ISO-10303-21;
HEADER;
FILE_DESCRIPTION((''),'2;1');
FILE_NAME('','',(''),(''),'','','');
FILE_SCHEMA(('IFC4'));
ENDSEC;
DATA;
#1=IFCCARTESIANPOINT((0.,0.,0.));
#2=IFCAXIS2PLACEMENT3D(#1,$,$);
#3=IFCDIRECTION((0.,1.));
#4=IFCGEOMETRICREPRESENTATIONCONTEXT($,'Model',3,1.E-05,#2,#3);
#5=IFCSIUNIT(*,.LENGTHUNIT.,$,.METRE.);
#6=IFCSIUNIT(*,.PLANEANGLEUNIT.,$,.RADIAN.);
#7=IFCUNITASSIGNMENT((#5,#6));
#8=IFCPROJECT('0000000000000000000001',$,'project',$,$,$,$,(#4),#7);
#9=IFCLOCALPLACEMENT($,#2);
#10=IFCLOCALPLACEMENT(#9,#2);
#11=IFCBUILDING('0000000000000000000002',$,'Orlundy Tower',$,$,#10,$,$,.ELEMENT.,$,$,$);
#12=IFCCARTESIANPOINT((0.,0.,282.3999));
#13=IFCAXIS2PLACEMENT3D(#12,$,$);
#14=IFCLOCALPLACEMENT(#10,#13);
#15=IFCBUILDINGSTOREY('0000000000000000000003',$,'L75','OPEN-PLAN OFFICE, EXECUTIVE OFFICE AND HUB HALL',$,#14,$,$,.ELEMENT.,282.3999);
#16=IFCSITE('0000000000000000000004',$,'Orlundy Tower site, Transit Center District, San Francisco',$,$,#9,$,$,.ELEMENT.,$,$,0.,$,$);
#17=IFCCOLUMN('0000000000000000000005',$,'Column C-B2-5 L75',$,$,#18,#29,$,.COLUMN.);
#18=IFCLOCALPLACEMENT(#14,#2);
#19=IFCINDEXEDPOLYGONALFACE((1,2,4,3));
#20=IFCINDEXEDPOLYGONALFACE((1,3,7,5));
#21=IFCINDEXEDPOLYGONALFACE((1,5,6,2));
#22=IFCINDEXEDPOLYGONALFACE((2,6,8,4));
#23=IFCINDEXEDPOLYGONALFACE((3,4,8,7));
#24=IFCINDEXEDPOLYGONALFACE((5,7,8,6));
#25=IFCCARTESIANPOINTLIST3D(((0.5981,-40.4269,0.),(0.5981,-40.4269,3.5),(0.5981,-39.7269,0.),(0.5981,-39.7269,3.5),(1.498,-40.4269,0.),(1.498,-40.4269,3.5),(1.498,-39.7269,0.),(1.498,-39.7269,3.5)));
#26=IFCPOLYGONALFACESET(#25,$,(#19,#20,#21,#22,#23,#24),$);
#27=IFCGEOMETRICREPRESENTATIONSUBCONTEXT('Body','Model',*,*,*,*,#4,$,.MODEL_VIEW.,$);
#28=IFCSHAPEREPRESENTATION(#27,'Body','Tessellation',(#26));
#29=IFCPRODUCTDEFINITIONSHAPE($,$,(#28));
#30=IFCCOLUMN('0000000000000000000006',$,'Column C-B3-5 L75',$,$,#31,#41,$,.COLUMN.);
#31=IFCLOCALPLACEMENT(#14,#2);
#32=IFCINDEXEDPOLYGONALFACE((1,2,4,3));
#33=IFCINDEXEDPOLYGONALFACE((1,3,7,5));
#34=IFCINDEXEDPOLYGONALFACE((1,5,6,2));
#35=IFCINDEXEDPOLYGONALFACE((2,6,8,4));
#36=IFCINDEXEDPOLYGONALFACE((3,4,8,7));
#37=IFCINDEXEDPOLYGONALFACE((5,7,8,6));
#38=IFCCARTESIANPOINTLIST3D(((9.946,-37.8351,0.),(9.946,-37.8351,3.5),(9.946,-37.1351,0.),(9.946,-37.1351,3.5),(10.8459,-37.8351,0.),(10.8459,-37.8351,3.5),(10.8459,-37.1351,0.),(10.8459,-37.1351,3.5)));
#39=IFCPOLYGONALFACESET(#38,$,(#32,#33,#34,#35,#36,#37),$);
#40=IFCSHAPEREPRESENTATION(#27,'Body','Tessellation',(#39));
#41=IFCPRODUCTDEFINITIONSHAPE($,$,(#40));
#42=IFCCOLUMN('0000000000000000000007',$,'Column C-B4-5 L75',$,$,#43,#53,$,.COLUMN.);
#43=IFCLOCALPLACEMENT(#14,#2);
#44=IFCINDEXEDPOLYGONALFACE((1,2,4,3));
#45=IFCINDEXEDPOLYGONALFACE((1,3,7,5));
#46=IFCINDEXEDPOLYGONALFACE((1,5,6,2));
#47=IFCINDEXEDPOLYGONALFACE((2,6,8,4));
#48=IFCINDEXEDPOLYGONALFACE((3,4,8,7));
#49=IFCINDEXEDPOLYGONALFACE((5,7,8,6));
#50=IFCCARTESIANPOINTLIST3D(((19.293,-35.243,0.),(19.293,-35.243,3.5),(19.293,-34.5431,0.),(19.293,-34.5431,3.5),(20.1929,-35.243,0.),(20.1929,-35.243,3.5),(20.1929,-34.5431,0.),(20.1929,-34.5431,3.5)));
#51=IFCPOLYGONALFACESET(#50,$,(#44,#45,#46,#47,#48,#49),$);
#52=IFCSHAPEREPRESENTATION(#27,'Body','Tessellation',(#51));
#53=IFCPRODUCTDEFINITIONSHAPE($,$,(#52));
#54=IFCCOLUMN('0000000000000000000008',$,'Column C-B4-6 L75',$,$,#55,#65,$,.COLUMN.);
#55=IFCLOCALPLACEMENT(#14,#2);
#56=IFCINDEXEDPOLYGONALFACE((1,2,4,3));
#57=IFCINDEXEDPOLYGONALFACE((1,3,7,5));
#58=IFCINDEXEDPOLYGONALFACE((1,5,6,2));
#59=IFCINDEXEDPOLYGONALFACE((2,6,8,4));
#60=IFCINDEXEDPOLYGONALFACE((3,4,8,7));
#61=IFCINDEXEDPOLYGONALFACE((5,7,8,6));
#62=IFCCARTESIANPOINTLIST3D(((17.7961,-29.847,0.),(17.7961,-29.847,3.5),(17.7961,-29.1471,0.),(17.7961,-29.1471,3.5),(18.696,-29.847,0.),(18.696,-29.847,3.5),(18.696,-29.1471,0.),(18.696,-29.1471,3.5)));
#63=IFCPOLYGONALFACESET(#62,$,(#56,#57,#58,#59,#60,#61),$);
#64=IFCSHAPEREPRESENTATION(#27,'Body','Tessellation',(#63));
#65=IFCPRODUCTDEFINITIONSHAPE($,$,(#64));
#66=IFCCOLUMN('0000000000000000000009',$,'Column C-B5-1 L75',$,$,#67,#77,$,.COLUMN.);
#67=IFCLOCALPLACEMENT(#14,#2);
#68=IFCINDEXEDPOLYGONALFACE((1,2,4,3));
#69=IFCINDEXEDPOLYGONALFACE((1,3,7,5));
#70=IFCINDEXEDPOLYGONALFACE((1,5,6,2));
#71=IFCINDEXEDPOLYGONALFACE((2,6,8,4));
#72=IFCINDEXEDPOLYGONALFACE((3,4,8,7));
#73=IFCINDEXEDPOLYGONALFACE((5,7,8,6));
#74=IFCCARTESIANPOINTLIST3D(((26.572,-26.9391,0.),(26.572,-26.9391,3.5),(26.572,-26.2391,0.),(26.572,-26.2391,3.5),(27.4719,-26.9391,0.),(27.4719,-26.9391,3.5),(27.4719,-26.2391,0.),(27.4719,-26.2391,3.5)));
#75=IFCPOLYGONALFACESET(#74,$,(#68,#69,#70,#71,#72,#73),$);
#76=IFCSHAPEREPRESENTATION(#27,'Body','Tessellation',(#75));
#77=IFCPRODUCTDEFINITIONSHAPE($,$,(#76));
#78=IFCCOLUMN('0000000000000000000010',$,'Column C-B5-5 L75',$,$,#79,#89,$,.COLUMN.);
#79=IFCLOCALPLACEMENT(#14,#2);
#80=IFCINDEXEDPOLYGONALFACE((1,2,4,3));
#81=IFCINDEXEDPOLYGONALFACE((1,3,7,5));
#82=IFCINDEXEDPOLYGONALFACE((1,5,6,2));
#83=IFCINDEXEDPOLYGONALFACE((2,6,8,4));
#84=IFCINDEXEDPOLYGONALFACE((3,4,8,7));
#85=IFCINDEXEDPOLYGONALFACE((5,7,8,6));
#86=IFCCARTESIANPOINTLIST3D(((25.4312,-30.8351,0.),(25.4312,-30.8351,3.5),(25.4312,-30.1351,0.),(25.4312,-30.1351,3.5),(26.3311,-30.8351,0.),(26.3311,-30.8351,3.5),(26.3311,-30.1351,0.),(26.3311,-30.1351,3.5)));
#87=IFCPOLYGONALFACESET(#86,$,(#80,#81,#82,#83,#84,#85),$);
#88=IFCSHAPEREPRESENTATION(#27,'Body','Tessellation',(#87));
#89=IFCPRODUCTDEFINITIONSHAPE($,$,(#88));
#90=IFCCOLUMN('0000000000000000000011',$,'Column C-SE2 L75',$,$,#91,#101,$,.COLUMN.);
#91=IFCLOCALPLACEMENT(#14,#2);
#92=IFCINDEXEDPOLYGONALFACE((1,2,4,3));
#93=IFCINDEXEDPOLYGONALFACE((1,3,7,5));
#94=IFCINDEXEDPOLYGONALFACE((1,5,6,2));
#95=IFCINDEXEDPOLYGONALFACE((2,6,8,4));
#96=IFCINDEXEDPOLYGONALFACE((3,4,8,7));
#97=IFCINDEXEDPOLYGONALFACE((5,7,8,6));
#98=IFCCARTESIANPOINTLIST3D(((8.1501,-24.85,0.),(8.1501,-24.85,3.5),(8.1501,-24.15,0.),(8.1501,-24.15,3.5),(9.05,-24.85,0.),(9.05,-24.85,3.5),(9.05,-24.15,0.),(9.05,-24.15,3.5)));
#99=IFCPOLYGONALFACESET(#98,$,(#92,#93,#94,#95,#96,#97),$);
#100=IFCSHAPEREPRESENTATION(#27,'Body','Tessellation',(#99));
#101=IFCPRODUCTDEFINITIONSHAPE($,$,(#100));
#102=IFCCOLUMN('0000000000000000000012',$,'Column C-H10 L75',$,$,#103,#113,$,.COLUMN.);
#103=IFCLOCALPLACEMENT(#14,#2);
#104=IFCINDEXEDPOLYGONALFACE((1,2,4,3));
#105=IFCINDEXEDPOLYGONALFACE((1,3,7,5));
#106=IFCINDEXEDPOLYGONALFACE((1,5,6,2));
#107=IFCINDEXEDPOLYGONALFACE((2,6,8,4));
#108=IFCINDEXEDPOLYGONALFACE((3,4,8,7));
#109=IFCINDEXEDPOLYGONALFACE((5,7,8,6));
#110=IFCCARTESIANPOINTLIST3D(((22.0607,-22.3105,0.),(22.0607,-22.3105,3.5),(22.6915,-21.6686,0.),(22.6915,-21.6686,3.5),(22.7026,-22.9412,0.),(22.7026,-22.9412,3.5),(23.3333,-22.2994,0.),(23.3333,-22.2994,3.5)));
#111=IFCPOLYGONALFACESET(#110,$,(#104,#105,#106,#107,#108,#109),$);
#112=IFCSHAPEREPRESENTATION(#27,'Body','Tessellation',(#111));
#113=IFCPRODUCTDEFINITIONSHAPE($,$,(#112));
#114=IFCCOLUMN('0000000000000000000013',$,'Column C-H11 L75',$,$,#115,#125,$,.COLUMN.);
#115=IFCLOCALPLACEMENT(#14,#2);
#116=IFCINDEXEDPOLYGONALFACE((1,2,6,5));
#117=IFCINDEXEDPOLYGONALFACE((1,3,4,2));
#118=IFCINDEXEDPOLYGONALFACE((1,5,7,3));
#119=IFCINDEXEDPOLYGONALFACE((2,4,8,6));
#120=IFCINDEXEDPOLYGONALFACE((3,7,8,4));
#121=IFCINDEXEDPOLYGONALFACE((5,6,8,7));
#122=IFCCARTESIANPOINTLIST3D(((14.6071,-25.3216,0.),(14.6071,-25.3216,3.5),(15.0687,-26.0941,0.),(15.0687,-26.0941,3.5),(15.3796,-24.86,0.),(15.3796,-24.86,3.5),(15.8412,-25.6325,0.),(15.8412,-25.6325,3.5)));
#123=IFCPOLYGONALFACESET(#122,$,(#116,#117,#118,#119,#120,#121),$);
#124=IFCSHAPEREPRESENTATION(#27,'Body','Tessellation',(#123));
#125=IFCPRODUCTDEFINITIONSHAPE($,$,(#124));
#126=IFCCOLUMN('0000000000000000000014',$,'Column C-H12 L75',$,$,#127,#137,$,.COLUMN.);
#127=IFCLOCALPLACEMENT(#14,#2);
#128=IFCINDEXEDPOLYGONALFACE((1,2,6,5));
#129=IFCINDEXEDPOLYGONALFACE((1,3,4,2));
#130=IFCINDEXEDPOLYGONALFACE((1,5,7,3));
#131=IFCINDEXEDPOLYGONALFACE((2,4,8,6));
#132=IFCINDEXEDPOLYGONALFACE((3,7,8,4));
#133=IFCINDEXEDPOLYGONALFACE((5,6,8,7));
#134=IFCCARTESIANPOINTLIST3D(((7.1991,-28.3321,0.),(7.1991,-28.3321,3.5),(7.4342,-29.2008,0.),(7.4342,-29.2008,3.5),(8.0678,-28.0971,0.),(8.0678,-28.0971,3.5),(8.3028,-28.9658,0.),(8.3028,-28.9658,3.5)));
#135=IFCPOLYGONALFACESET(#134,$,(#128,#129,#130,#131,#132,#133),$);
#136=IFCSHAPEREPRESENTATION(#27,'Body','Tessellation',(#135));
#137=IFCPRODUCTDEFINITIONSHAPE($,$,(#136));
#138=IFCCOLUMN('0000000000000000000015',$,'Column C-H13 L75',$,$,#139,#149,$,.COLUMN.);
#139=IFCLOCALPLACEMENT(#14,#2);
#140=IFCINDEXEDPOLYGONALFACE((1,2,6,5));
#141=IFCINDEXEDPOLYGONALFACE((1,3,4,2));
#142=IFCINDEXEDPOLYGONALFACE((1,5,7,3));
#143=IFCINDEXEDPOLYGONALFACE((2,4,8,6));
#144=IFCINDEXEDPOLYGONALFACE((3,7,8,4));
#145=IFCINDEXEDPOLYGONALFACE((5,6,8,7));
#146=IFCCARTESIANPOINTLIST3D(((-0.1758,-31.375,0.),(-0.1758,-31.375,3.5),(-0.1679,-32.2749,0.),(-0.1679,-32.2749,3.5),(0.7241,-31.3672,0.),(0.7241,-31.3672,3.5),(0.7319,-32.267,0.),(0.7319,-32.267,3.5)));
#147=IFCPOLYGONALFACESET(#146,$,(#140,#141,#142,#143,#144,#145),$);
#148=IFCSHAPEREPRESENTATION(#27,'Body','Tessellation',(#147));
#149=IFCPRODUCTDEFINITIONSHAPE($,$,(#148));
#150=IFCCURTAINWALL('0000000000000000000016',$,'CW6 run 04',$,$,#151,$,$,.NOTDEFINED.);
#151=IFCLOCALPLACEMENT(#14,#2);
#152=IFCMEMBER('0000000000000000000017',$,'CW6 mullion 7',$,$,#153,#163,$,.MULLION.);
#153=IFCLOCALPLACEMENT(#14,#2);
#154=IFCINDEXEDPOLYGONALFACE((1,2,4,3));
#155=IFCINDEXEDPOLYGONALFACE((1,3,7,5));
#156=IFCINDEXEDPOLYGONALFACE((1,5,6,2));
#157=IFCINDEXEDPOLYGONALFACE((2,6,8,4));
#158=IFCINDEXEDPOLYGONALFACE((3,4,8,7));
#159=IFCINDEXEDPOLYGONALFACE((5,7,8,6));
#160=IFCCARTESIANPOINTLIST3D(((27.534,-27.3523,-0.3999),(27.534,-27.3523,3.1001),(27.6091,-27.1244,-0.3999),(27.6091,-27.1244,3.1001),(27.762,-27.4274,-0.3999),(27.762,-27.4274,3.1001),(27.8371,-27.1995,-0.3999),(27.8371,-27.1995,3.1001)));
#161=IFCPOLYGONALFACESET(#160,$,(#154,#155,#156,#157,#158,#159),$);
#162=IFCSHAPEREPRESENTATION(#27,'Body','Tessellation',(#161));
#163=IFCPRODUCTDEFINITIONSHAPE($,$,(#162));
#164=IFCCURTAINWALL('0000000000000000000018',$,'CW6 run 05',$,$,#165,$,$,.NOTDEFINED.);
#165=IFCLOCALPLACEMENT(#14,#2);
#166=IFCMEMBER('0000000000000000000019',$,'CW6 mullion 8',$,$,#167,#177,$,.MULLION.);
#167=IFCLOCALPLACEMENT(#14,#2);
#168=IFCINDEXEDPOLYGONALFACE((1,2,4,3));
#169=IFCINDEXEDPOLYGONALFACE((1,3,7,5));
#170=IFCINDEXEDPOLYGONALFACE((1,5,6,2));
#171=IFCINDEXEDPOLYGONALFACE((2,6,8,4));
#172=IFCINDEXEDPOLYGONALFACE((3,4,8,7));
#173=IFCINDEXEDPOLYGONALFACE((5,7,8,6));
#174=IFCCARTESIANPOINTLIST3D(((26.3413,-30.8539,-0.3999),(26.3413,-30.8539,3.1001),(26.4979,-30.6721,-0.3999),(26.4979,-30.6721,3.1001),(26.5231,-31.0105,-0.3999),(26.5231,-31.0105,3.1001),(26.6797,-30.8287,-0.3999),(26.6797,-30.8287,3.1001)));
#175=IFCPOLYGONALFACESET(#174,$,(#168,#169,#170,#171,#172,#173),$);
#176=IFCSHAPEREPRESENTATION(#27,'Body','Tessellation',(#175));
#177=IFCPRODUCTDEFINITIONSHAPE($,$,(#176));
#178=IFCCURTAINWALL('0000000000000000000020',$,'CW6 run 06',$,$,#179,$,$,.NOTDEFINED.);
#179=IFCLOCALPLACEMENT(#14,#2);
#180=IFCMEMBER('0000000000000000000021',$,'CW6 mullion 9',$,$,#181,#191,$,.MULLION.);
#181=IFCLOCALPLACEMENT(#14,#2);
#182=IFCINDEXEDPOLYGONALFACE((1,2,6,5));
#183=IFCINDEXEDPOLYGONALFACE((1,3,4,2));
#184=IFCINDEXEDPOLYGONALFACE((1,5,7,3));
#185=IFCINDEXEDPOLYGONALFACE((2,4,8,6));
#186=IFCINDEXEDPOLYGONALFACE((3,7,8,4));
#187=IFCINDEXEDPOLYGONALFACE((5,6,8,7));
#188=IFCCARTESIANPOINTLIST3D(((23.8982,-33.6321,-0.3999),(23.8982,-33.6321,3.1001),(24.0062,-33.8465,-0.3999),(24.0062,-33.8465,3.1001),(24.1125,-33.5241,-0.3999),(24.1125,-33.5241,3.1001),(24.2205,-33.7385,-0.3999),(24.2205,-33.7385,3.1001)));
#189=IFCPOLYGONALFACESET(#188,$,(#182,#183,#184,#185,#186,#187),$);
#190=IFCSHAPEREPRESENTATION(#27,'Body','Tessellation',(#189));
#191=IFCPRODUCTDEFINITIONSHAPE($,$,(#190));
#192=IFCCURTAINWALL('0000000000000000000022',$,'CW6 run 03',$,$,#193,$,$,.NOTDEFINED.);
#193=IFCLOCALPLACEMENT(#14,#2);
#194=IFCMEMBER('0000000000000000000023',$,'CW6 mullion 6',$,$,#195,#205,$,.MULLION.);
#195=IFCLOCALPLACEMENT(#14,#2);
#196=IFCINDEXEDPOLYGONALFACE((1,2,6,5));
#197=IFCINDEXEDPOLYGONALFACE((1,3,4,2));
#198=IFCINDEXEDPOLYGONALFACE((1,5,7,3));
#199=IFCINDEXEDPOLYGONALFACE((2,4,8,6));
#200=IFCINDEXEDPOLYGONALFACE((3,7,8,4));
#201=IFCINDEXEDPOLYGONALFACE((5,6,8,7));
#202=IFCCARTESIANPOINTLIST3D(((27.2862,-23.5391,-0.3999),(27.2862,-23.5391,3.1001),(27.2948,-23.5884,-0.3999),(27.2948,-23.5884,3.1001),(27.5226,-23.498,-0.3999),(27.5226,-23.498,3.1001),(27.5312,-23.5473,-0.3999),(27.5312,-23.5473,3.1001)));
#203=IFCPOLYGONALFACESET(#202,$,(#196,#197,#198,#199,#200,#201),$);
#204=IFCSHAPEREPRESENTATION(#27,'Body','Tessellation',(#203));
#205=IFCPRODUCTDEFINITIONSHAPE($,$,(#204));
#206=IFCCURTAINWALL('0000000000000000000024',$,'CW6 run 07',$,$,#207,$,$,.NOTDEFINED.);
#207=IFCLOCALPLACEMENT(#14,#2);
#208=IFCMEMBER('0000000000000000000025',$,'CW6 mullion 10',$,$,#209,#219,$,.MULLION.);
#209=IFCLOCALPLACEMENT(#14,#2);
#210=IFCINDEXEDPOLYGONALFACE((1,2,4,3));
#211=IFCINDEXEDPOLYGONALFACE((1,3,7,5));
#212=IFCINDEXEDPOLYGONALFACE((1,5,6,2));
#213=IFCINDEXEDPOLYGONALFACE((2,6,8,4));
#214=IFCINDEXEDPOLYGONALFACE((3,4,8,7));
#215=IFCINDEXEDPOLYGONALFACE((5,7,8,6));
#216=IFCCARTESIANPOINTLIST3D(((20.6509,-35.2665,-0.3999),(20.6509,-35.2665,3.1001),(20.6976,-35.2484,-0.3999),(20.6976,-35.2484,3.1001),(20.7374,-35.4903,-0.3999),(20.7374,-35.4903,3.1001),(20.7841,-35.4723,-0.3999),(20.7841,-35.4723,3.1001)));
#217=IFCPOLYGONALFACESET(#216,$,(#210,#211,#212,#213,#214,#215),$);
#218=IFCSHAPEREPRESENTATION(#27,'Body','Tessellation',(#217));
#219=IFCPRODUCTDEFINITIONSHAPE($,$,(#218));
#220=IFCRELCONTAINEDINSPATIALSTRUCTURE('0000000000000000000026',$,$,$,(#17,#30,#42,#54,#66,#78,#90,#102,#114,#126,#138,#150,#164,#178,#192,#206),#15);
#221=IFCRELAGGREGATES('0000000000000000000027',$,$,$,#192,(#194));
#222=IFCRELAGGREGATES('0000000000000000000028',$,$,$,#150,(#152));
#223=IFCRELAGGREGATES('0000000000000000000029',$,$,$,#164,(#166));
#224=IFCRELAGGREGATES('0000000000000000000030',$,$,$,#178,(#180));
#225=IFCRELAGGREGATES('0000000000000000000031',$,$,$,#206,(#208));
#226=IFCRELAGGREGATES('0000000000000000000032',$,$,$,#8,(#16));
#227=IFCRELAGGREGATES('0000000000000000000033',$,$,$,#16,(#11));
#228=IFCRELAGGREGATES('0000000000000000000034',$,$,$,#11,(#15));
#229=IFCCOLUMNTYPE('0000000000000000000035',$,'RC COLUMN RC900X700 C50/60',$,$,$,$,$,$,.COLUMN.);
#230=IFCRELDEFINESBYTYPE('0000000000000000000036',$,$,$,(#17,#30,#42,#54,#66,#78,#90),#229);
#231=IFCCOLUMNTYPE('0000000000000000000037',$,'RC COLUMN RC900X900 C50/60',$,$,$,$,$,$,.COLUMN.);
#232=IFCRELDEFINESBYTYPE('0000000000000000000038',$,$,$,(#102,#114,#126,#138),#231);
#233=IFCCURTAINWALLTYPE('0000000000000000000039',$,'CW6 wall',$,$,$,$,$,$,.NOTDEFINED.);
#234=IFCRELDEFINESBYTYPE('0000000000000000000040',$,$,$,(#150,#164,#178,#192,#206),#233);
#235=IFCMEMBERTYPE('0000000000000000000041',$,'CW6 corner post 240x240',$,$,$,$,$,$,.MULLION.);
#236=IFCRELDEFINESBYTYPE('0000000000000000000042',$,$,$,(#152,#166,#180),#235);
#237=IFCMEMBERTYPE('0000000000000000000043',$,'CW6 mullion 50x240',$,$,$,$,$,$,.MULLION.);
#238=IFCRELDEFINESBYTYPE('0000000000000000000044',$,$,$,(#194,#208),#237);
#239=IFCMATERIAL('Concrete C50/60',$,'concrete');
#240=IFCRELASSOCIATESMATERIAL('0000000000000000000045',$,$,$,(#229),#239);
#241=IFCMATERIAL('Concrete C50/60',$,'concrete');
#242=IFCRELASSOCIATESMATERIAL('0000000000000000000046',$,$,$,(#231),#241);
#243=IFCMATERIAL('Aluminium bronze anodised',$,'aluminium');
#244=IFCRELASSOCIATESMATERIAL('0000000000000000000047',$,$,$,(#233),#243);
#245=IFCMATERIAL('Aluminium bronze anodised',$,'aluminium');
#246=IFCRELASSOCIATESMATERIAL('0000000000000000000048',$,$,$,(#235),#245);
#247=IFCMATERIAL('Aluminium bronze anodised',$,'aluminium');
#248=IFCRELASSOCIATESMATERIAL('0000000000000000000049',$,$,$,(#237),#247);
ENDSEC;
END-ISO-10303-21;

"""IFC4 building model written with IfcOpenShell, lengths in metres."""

from ifc_helpers import new_model, si_unit, direction, frame, origin, origin_2d, place, context, subcontext, project, spatial, rectangle, extrude, material, material_profile, profile_set, type_object, element, aggregate, save


model = new_model("IFC4")

# Units and contexts
model_context = context("Model", 3, precision=1e-05, world=origin(), true_north=direction((0.0, 1.0)))
body_context = subcontext(model_context, "Body", "Model", "MODEL_VIEW")
ifc_project = project(units=[si_unit("LENGTHUNIT", "METRE"), si_unit("PLANEANGLEUNIT", "RADIAN")], contexts=[model_context])

# Site, building, storey
site_placement = place(None, origin())
site = spatial("IfcSite", under=ifc_project, at=site_placement, Name="Orlundy Tower site, Transit Center District, San Francisco", CompositionType="ELEMENT", RefElevation=0.0)
building_placement = place(site_placement, origin())
building = spatial("IfcBuilding", under=site, at=building_placement, Name="Orlundy Tower", CompositionType="ELEMENT")
storey_placement = place(building_placement, frame((0.0, 0.0, 282.3999)))
storey = spatial("IfcBuildingStorey", under=building, at=storey_placement, Name="L75", Description="OPEN-PLAN OFFICE, EXECUTIVE OFFICE AND HUB HALL", CompositionType="ELEMENT", Elevation=282.3999)

# Columns
ifc_material_1 = material(Name="Concrete C50/60", Category="concrete")
ifc_material_profile_1 = material_profile(ifc_material_1, rectangle(XDim=0.8999, YDim=0.7, at=origin_2d()), Name="RC900X700")
ifc_profile_set_1 = profile_set([ifc_material_profile_1], Name="Concrete C50/60")
column_type_1 = type_object("IfcColumnType", Name="RC COLUMN RC900X700 C50/60", PredefinedType="COLUMN", material=ifc_profile_set_1)
for number, where, z_axis, x_axis, name in (
    (1, (1.0481, -40.0769, 0.0), (0.0, 0.0, 1.0), (1.0, 0.0, 0.0), "Column C-B2-5 L75"),
    (2, (10.396, -37.4851, 0.0), (0.0, 0.0, 1.0), (1.0, 0.0, 0.0), "Column C-B3-5 L75"),
    (3, (19.7429, -34.8931, 0.0), (0.0, 0.0, 1.0), (1.0, 0.0, 0.0), "Column C-B4-5 L75"),
    (4, (18.2461, -29.4971, 0.0), (0.0, 0.0, 1.0), (1.0, 0.0, 0.0), "Column C-B4-6 L75"),
    (5, (27.022, -26.5891, 0.0), (0.0, 0.0, 1.0), (1.0, 0.0, 0.0), "Column C-B5-1 L75"),
    (6, (25.8811, -30.4851, 0.0), (0.0, 0.0, 1.0), (1.0, 0.0, 0.0), "Column C-B5-5 L75"),
    (7, (8.6001, -24.5, 0.0), (0.0, 0.0, 1.0), (1.0, 0.0, 0.0), "Column C-SE2 L75"),
):
    element("IfcColumn", number, at=place(storey_placement, frame(where, z_axis=z_axis, x_axis=x_axis)), inside=storey, type_object=column_type_1, Name=name, PredefinedType="COLUMN", context=body_context, shape_type="SweptSolid", body=[
        extrude(rectangle(XDim=0.8999, YDim=0.7, at=origin_2d()), origin(), (0.0, 0.0, 1.0), 3.5),
    ])
ifc_material_2 = material(Name="Concrete C50/60", Category="concrete")
ifc_material_profile_2 = material_profile(ifc_material_2, rectangle(XDim=0.8999, YDim=0.8999, at=origin_2d()), Name="RC900X900")
ifc_profile_set_2 = profile_set([ifc_material_profile_2], Name="Concrete C50/60")
column_type_2 = type_object("IfcColumnType", Name="RC COLUMN RC900X900 C50/60", PredefinedType="COLUMN", material=ifc_profile_set_2)
for number, where, z_axis, x_axis, name in (
    (8, (22.697, -22.3049, 0.0), (0.0, 0.0, 1.0), (0.713238, -0.700922, 0.0), "Column C-H10 L75"),
    (9, (15.2241, -25.4771, 0.0), (0.0, 0.0, 1.0), (0.512957, -0.858414, 0.0), "Column C-H11 L75"),
    (10, (7.751, -28.6489, 0.0), (0.0, 0.0, 1.0), (0.261162, -0.965295, 0.0), "Column C-H12 L75"),
    (11, (0.2781, -31.821, 0.0), (0.0, 0.0, 1.0), (0.008744, -0.999962, 0.0), "Column C-H13 L75"),
):
    element("IfcColumn", number, at=place(storey_placement, frame(where, z_axis=z_axis, x_axis=x_axis)), inside=storey, type_object=column_type_2, Name=name, PredefinedType="COLUMN", context=body_context, shape_type="SweptSolid", body=[
        extrude(rectangle(XDim=0.8999, YDim=0.8999, at=origin_2d()), origin(), (0.0, 0.0, 1.0), 3.5),
    ])

# Curtain walls, members
ifc_material_3 = material(Name="Aluminium bronze anodised", Category="aluminium")
curtain_wall_type = type_object("IfcCurtainWallType", Name="CW6 wall", PredefinedType="NOTDEFINED", material=ifc_material_3)
curtain_wall_1_placement = place(storey_placement, origin())
curtain_wall_1 = element("IfcCurtainWall", 12, at=curtain_wall_1_placement, inside=storey, type_object=curtain_wall_type, Name="CW6 run 04", PredefinedType="NOTDEFINED")
ifc_material_4 = material(Name="Aluminium bronze anodised", Category="aluminium")
ifc_material_profile_3 = material_profile(ifc_material_4, rectangle(XDim=0.24, YDim=0.24, at=origin_2d()), Name="CW6 corner post 240x240")
ifc_profile_set_3 = profile_set([ifc_material_profile_3], Name="Aluminium bronze anodised")
member_type_1 = type_object("IfcMemberType", Name="CW6 corner post 240x240", PredefinedType="MULLION", material=ifc_profile_set_3)
member_1_placement = place(storey_placement, frame((27.6855, -27.2759, -0.3999), z_axis=(0.0, 0.0, 1.0), x_axis=(0.949757, -0.312988, 0.0)))
member_1 = element("IfcMember", 13, at=member_1_placement, type_object=member_type_1, Name="CW6 mullion 7", PredefinedType="MULLION", context=body_context, shape_type="SweptSolid", body=[
    extrude(rectangle(XDim=0.24, YDim=0.24, at=origin_2d()), origin(), (0.0, 0.0, 1.0), 3.5),
])
curtain_wall_2_placement = place(storey_placement, origin())
curtain_wall_2 = element("IfcCurtainWall", 14, at=curtain_wall_2_placement, inside=storey, type_object=curtain_wall_type, Name="CW6 run 05", PredefinedType="NOTDEFINED")
member_2_placement = place(storey_placement, frame((26.5105, -30.8413, -0.3999), z_axis=(0.0, 0.0, 1.0), x_axis=(0.757502, -0.652833, 0.0)))
member_2 = element("IfcMember", 15, at=member_2_placement, type_object=member_type_1, Name="CW6 mullion 8", PredefinedType="MULLION", context=body_context, shape_type="SweptSolid", body=[
    extrude(rectangle(XDim=0.24, YDim=0.24, at=origin_2d()), origin(), (0.0, 0.0, 1.0), 3.5),
])
curtain_wall_3_placement = place(storey_placement, origin())
curtain_wall_3 = element("IfcCurtainWall", 16, at=curtain_wall_3_placement, inside=storey, type_object=curtain_wall_type, Name="CW6 run 06", PredefinedType="NOTDEFINED")
member_3_placement = place(storey_placement, frame((24.0593, -33.6853, -0.3999), z_axis=(0.0, 0.0, 1.0), x_axis=(0.450017, -0.89302, 0.0)))
member_3 = element("IfcMember", 17, at=member_3_placement, type_object=member_type_1, Name="CW6 mullion 9", PredefinedType="MULLION", context=body_context, shape_type="SweptSolid", body=[
    extrude(rectangle(XDim=0.24, YDim=0.24, at=origin_2d()), origin(), (0.0, 0.0, 1.0), 3.5),
])
curtain_wall_4_placement = place(storey_placement, origin())
curtain_wall_4 = element("IfcCurtainWall", 18, at=curtain_wall_4_placement, inside=storey, type_object=curtain_wall_type, Name="CW6 run 03", PredefinedType="NOTDEFINED")
ifc_material_5 = material(Name="Aluminium bronze anodised", Category="aluminium")
ifc_material_profile_4 = material_profile(ifc_material_5, rectangle(XDim=0.24, YDim=0.05, at=origin_2d()), Name="CW6 mullion 50x240")
ifc_profile_set_4 = profile_set([ifc_material_profile_4], Name="Aluminium bronze anodised")
member_type_2 = type_object("IfcMemberType", Name="CW6 mullion 50x240", PredefinedType="MULLION", material=ifc_profile_set_4)
member_4_placement = place(storey_placement, frame((27.4087, -23.5432, -0.3999), z_axis=(0.0, 0.0, 1.0), x_axis=(0.9852, 0.171411, 0.0)))
member_4 = element("IfcMember", 19, at=member_4_placement, type_object=member_type_2, Name="CW6 mullion 6", PredefinedType="MULLION", context=body_context, shape_type="SweptSolid", body=[
    extrude(rectangle(XDim=0.24, YDim=0.05, at=origin_2d()), origin(), (0.0, 0.0, 1.0), 3.5),
])

# Curtain wall, member
curtain_wall_5_placement = place(storey_placement, origin())
curtain_wall_5 = element("IfcCurtainWall", 20, at=curtain_wall_5_placement, inside=storey, type_object=curtain_wall_type, Name="CW6 run 07", PredefinedType="NOTDEFINED")
member_5_placement = place(storey_placement, frame((20.7175, -35.3694, -0.3999), z_axis=(0.0, 0.0, 1.0), x_axis=(0.360363, -0.932812, 0.0)))
member_5 = element("IfcMember", 21, at=member_5_placement, type_object=member_type_2, Name="CW6 mullion 10", PredefinedType="MULLION", context=body_context, shape_type="SweptSolid", body=[
    extrude(rectangle(XDim=0.24, YDim=0.05, at=origin_2d()), origin(), (0.0, 0.0, 1.0), 3.5),
])

aggregate(curtain_wall_4, [member_4])
aggregate(curtain_wall_1, [member_1])
aggregate(curtain_wall_2, [member_2])
aggregate(curtain_wall_3, [member_3])
aggregate(curtain_wall_5, [member_5])

save(model, "model.ifc")
